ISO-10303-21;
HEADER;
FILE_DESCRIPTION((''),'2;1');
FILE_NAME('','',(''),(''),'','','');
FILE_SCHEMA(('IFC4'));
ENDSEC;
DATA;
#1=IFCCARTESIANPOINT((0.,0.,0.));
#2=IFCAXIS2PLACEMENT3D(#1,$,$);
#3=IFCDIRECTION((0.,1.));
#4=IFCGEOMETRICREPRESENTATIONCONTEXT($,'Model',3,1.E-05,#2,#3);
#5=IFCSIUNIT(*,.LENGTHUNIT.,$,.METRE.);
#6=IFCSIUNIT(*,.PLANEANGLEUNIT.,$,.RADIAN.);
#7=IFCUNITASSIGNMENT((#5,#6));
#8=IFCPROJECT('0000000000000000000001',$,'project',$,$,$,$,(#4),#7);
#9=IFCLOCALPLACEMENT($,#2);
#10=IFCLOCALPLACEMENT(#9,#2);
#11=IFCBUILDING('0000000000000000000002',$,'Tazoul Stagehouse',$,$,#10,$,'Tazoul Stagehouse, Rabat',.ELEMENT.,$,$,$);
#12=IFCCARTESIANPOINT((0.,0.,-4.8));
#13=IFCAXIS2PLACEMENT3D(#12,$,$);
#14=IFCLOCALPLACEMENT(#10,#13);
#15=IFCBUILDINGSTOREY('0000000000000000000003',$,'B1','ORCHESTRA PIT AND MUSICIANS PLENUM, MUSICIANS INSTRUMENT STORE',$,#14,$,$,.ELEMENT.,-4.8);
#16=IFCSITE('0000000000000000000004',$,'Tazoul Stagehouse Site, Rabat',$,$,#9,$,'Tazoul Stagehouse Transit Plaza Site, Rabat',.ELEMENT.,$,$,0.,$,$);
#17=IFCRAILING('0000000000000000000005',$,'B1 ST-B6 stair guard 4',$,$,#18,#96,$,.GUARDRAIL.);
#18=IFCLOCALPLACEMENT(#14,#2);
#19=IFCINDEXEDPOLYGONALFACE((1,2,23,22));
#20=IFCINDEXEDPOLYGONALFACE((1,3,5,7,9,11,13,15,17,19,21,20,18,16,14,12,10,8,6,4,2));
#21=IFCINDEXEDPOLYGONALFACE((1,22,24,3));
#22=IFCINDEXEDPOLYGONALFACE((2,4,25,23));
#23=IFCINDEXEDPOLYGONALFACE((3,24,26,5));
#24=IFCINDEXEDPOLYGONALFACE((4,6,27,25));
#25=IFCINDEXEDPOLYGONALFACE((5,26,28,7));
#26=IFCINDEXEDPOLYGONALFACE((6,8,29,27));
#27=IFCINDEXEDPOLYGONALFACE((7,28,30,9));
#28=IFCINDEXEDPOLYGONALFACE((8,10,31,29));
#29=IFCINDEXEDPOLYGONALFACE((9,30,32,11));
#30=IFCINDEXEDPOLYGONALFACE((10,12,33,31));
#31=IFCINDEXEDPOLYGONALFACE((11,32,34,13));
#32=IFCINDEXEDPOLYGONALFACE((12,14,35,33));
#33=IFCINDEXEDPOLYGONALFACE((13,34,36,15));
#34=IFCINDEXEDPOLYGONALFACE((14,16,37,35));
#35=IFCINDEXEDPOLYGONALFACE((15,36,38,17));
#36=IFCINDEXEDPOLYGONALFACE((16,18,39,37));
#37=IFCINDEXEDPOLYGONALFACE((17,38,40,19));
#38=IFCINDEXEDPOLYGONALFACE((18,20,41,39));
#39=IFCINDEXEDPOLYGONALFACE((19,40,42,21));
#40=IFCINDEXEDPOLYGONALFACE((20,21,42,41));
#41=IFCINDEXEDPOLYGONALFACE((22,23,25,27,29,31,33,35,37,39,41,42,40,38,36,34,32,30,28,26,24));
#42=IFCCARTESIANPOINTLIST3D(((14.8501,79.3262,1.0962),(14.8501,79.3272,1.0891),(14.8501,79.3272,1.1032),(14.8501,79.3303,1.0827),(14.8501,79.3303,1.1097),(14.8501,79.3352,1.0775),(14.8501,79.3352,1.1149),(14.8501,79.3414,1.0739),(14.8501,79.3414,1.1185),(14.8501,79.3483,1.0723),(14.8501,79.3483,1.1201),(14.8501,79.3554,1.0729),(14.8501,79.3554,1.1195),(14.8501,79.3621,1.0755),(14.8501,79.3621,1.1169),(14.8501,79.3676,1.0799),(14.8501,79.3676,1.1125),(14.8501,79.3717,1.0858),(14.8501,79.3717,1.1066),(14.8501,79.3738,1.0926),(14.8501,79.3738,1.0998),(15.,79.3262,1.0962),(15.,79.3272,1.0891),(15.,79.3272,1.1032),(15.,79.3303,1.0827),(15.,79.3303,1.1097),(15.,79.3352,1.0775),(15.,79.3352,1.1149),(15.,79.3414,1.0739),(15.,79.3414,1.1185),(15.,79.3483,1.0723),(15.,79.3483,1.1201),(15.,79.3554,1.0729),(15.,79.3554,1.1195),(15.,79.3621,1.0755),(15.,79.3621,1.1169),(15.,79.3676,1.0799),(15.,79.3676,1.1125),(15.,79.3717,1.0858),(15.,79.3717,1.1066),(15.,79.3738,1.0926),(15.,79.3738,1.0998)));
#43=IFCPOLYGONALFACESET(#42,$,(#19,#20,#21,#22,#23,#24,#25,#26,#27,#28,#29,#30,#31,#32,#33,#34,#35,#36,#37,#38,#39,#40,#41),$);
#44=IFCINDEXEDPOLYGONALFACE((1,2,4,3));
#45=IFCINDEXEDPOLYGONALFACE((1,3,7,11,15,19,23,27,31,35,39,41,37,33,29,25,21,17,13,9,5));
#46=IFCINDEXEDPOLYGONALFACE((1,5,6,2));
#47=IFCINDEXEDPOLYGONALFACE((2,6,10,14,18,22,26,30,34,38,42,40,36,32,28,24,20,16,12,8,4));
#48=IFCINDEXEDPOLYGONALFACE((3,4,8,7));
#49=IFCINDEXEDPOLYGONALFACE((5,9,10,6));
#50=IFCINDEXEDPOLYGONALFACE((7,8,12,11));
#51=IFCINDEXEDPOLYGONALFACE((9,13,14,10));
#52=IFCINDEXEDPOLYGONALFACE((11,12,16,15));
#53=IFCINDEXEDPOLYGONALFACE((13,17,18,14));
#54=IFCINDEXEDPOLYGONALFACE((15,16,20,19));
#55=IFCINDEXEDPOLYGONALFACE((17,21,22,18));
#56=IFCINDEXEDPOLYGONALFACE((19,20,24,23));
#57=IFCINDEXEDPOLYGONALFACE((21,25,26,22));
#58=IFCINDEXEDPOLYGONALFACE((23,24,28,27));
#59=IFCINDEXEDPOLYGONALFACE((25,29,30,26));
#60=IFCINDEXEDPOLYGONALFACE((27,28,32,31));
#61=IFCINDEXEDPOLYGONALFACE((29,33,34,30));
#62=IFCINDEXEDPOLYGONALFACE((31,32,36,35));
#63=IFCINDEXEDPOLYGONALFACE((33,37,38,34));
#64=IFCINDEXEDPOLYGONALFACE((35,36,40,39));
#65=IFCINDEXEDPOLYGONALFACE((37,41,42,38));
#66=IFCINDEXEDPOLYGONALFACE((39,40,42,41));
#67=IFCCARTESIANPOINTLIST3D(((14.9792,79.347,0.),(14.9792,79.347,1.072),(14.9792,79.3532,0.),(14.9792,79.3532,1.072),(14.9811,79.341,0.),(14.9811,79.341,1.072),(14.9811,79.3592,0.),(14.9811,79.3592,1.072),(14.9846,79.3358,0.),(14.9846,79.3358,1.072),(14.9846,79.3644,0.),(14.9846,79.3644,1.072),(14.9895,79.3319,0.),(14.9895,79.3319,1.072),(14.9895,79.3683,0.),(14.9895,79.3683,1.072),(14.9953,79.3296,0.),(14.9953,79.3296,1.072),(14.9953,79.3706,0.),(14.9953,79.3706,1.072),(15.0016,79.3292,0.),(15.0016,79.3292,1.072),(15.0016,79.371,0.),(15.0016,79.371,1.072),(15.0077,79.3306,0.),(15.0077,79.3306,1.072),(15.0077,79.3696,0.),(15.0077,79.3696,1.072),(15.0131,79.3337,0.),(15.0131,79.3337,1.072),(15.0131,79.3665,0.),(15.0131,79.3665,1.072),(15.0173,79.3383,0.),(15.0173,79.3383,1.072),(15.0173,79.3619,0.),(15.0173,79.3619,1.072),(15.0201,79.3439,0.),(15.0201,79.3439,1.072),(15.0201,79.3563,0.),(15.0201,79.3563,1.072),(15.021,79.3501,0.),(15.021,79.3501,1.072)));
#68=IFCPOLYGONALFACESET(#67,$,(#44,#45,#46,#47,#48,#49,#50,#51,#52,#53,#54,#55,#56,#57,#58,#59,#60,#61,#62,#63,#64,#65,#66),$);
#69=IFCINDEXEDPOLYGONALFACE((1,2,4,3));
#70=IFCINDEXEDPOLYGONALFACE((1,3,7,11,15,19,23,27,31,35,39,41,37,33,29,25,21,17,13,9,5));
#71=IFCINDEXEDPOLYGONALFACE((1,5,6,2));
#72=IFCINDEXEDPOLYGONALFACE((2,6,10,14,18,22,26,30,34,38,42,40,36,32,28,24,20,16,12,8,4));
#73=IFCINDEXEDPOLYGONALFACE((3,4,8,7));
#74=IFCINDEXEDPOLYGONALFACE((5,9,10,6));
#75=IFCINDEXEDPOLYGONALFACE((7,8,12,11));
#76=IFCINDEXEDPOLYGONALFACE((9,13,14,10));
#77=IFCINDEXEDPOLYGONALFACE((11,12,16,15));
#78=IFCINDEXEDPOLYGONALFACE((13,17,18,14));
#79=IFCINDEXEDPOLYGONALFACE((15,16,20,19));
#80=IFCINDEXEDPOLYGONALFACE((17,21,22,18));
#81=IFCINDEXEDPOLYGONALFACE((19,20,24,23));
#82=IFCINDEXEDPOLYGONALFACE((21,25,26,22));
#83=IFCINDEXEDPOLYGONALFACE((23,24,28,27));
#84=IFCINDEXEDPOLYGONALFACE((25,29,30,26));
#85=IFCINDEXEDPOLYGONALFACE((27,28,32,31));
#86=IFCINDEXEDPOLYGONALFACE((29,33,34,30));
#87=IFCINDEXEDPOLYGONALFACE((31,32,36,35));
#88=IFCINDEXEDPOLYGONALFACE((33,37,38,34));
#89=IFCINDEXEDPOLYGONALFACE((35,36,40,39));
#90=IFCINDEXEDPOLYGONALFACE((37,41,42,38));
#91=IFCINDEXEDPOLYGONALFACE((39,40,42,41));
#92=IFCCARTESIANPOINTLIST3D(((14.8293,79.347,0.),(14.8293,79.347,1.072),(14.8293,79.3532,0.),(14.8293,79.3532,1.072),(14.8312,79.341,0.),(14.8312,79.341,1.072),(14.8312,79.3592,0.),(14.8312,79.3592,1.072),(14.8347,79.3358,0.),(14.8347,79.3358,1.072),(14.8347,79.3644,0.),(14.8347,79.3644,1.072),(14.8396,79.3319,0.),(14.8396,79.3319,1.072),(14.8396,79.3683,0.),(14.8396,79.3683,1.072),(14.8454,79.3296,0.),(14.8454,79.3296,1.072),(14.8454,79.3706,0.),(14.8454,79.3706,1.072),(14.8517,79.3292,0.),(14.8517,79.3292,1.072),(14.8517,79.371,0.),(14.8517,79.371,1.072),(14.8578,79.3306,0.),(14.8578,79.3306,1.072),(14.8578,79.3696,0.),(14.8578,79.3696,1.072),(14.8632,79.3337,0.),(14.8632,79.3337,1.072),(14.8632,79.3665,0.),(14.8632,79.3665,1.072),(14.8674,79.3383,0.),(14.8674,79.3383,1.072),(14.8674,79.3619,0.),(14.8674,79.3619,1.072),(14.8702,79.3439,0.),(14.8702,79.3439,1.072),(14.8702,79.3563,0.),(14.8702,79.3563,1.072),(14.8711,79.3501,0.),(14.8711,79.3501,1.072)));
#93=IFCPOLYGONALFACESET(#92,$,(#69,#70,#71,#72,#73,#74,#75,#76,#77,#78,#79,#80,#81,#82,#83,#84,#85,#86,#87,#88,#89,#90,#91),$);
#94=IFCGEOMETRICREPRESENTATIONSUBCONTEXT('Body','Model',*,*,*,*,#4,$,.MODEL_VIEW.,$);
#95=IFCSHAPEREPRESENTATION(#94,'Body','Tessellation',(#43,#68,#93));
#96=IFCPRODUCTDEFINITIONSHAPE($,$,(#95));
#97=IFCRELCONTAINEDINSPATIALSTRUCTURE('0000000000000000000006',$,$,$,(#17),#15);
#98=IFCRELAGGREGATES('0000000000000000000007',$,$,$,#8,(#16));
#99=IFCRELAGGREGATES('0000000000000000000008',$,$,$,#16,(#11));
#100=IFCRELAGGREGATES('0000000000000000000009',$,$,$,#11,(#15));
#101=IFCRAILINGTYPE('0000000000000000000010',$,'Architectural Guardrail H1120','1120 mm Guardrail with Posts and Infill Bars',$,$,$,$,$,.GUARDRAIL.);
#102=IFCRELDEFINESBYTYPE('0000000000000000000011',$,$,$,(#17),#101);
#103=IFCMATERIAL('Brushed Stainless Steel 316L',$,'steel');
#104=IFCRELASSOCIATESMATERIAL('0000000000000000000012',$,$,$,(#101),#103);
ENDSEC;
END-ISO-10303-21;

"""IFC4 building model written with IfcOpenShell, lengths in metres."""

from ifc_helpers import new_model, si_unit, direction, frame, origin, origin_2d, place, context, subcontext, project, spatial, circle, extrude, material, material_profile, profile_set, type_object, element, save


model = new_model("IFC4")

# Units and contexts
model_context = context("Model", 3, precision=1e-05, world=origin(), true_north=direction((0.0, 1.0)))
body_context = subcontext(model_context, "Body", "Model", "MODEL_VIEW")
ifc_project = project(units=[si_unit("LENGTHUNIT", "METRE"), si_unit("PLANEANGLEUNIT", "RADIAN")], contexts=[model_context])

# Site, building, storey
site_placement = place(None, origin())
site = spatial("IfcSite", under=ifc_project, at=site_placement, Name="Tazoul Stagehouse Site, Rabat", LongName="Tazoul Stagehouse Transit Plaza Site, Rabat", CompositionType="ELEMENT", RefElevation=0.0)
building_placement = place(site_placement, origin())
building = spatial("IfcBuilding", under=site, at=building_placement, Name="Tazoul Stagehouse", LongName="Tazoul Stagehouse, Rabat", CompositionType="ELEMENT")
storey_placement = place(building_placement, frame((0.0, 0.0, -4.8)))
storey = spatial("IfcBuildingStorey", under=building, at=storey_placement, Name="B1", Description="ORCHESTRA PIT AND MUSICIANS PLENUM, MUSICIANS INSTRUMENT STORE", CompositionType="ELEMENT", Elevation=-4.8)

# Railing
ifc_material_1 = material(Name="Brushed Stainless Steel 316L", Category="steel")
ifc_material_profile_1 = material_profile(ifc_material_1, circle(Radius=0.0239, at=origin_2d()), Name="SS RAIL D48")
ifc_profile_set_1 = profile_set([ifc_material_profile_1], Name="Brushed Stainless Steel 316L")
railing_type_1 = type_object("IfcRailingType", Name="Architectural Guardrail H1120", Description="1120 mm Guardrail with Posts and Infill Bars", PredefinedType="GUARDRAIL", material=ifc_profile_set_1)
railing_1_placement = place(storey_placement, frame((15.0, 79.3501, 0.0)))
element("IfcRailing", 1, at=railing_1_placement, inside=storey, type_object=railing_type_1, Name="B1 ST-B6 stair guard 4", PredefinedType="GUARDRAIL", context=body_context, shape_type="SweptSolid", body=[
    extrude(circle(Radius=0.0239, at=origin_2d()), frame((0.0, 0.0, 1.0962), z_axis=(-1.0, 0.0, 0.0), x_axis=(0.0, -1.0, 0.0)), (0.0, 0.0, 1.0), 0.1499),
    extrude(circle(Radius=0.021, at=origin_2d()), origin(), (0.0, 0.0, 1.0), 1.072),
    extrude(circle(Radius=0.021, at=origin_2d()), frame((-0.1499, 0.0, 0.0)), (0.0, 0.0, 1.0), 1.072),
])

save(model, "model.ifc")
